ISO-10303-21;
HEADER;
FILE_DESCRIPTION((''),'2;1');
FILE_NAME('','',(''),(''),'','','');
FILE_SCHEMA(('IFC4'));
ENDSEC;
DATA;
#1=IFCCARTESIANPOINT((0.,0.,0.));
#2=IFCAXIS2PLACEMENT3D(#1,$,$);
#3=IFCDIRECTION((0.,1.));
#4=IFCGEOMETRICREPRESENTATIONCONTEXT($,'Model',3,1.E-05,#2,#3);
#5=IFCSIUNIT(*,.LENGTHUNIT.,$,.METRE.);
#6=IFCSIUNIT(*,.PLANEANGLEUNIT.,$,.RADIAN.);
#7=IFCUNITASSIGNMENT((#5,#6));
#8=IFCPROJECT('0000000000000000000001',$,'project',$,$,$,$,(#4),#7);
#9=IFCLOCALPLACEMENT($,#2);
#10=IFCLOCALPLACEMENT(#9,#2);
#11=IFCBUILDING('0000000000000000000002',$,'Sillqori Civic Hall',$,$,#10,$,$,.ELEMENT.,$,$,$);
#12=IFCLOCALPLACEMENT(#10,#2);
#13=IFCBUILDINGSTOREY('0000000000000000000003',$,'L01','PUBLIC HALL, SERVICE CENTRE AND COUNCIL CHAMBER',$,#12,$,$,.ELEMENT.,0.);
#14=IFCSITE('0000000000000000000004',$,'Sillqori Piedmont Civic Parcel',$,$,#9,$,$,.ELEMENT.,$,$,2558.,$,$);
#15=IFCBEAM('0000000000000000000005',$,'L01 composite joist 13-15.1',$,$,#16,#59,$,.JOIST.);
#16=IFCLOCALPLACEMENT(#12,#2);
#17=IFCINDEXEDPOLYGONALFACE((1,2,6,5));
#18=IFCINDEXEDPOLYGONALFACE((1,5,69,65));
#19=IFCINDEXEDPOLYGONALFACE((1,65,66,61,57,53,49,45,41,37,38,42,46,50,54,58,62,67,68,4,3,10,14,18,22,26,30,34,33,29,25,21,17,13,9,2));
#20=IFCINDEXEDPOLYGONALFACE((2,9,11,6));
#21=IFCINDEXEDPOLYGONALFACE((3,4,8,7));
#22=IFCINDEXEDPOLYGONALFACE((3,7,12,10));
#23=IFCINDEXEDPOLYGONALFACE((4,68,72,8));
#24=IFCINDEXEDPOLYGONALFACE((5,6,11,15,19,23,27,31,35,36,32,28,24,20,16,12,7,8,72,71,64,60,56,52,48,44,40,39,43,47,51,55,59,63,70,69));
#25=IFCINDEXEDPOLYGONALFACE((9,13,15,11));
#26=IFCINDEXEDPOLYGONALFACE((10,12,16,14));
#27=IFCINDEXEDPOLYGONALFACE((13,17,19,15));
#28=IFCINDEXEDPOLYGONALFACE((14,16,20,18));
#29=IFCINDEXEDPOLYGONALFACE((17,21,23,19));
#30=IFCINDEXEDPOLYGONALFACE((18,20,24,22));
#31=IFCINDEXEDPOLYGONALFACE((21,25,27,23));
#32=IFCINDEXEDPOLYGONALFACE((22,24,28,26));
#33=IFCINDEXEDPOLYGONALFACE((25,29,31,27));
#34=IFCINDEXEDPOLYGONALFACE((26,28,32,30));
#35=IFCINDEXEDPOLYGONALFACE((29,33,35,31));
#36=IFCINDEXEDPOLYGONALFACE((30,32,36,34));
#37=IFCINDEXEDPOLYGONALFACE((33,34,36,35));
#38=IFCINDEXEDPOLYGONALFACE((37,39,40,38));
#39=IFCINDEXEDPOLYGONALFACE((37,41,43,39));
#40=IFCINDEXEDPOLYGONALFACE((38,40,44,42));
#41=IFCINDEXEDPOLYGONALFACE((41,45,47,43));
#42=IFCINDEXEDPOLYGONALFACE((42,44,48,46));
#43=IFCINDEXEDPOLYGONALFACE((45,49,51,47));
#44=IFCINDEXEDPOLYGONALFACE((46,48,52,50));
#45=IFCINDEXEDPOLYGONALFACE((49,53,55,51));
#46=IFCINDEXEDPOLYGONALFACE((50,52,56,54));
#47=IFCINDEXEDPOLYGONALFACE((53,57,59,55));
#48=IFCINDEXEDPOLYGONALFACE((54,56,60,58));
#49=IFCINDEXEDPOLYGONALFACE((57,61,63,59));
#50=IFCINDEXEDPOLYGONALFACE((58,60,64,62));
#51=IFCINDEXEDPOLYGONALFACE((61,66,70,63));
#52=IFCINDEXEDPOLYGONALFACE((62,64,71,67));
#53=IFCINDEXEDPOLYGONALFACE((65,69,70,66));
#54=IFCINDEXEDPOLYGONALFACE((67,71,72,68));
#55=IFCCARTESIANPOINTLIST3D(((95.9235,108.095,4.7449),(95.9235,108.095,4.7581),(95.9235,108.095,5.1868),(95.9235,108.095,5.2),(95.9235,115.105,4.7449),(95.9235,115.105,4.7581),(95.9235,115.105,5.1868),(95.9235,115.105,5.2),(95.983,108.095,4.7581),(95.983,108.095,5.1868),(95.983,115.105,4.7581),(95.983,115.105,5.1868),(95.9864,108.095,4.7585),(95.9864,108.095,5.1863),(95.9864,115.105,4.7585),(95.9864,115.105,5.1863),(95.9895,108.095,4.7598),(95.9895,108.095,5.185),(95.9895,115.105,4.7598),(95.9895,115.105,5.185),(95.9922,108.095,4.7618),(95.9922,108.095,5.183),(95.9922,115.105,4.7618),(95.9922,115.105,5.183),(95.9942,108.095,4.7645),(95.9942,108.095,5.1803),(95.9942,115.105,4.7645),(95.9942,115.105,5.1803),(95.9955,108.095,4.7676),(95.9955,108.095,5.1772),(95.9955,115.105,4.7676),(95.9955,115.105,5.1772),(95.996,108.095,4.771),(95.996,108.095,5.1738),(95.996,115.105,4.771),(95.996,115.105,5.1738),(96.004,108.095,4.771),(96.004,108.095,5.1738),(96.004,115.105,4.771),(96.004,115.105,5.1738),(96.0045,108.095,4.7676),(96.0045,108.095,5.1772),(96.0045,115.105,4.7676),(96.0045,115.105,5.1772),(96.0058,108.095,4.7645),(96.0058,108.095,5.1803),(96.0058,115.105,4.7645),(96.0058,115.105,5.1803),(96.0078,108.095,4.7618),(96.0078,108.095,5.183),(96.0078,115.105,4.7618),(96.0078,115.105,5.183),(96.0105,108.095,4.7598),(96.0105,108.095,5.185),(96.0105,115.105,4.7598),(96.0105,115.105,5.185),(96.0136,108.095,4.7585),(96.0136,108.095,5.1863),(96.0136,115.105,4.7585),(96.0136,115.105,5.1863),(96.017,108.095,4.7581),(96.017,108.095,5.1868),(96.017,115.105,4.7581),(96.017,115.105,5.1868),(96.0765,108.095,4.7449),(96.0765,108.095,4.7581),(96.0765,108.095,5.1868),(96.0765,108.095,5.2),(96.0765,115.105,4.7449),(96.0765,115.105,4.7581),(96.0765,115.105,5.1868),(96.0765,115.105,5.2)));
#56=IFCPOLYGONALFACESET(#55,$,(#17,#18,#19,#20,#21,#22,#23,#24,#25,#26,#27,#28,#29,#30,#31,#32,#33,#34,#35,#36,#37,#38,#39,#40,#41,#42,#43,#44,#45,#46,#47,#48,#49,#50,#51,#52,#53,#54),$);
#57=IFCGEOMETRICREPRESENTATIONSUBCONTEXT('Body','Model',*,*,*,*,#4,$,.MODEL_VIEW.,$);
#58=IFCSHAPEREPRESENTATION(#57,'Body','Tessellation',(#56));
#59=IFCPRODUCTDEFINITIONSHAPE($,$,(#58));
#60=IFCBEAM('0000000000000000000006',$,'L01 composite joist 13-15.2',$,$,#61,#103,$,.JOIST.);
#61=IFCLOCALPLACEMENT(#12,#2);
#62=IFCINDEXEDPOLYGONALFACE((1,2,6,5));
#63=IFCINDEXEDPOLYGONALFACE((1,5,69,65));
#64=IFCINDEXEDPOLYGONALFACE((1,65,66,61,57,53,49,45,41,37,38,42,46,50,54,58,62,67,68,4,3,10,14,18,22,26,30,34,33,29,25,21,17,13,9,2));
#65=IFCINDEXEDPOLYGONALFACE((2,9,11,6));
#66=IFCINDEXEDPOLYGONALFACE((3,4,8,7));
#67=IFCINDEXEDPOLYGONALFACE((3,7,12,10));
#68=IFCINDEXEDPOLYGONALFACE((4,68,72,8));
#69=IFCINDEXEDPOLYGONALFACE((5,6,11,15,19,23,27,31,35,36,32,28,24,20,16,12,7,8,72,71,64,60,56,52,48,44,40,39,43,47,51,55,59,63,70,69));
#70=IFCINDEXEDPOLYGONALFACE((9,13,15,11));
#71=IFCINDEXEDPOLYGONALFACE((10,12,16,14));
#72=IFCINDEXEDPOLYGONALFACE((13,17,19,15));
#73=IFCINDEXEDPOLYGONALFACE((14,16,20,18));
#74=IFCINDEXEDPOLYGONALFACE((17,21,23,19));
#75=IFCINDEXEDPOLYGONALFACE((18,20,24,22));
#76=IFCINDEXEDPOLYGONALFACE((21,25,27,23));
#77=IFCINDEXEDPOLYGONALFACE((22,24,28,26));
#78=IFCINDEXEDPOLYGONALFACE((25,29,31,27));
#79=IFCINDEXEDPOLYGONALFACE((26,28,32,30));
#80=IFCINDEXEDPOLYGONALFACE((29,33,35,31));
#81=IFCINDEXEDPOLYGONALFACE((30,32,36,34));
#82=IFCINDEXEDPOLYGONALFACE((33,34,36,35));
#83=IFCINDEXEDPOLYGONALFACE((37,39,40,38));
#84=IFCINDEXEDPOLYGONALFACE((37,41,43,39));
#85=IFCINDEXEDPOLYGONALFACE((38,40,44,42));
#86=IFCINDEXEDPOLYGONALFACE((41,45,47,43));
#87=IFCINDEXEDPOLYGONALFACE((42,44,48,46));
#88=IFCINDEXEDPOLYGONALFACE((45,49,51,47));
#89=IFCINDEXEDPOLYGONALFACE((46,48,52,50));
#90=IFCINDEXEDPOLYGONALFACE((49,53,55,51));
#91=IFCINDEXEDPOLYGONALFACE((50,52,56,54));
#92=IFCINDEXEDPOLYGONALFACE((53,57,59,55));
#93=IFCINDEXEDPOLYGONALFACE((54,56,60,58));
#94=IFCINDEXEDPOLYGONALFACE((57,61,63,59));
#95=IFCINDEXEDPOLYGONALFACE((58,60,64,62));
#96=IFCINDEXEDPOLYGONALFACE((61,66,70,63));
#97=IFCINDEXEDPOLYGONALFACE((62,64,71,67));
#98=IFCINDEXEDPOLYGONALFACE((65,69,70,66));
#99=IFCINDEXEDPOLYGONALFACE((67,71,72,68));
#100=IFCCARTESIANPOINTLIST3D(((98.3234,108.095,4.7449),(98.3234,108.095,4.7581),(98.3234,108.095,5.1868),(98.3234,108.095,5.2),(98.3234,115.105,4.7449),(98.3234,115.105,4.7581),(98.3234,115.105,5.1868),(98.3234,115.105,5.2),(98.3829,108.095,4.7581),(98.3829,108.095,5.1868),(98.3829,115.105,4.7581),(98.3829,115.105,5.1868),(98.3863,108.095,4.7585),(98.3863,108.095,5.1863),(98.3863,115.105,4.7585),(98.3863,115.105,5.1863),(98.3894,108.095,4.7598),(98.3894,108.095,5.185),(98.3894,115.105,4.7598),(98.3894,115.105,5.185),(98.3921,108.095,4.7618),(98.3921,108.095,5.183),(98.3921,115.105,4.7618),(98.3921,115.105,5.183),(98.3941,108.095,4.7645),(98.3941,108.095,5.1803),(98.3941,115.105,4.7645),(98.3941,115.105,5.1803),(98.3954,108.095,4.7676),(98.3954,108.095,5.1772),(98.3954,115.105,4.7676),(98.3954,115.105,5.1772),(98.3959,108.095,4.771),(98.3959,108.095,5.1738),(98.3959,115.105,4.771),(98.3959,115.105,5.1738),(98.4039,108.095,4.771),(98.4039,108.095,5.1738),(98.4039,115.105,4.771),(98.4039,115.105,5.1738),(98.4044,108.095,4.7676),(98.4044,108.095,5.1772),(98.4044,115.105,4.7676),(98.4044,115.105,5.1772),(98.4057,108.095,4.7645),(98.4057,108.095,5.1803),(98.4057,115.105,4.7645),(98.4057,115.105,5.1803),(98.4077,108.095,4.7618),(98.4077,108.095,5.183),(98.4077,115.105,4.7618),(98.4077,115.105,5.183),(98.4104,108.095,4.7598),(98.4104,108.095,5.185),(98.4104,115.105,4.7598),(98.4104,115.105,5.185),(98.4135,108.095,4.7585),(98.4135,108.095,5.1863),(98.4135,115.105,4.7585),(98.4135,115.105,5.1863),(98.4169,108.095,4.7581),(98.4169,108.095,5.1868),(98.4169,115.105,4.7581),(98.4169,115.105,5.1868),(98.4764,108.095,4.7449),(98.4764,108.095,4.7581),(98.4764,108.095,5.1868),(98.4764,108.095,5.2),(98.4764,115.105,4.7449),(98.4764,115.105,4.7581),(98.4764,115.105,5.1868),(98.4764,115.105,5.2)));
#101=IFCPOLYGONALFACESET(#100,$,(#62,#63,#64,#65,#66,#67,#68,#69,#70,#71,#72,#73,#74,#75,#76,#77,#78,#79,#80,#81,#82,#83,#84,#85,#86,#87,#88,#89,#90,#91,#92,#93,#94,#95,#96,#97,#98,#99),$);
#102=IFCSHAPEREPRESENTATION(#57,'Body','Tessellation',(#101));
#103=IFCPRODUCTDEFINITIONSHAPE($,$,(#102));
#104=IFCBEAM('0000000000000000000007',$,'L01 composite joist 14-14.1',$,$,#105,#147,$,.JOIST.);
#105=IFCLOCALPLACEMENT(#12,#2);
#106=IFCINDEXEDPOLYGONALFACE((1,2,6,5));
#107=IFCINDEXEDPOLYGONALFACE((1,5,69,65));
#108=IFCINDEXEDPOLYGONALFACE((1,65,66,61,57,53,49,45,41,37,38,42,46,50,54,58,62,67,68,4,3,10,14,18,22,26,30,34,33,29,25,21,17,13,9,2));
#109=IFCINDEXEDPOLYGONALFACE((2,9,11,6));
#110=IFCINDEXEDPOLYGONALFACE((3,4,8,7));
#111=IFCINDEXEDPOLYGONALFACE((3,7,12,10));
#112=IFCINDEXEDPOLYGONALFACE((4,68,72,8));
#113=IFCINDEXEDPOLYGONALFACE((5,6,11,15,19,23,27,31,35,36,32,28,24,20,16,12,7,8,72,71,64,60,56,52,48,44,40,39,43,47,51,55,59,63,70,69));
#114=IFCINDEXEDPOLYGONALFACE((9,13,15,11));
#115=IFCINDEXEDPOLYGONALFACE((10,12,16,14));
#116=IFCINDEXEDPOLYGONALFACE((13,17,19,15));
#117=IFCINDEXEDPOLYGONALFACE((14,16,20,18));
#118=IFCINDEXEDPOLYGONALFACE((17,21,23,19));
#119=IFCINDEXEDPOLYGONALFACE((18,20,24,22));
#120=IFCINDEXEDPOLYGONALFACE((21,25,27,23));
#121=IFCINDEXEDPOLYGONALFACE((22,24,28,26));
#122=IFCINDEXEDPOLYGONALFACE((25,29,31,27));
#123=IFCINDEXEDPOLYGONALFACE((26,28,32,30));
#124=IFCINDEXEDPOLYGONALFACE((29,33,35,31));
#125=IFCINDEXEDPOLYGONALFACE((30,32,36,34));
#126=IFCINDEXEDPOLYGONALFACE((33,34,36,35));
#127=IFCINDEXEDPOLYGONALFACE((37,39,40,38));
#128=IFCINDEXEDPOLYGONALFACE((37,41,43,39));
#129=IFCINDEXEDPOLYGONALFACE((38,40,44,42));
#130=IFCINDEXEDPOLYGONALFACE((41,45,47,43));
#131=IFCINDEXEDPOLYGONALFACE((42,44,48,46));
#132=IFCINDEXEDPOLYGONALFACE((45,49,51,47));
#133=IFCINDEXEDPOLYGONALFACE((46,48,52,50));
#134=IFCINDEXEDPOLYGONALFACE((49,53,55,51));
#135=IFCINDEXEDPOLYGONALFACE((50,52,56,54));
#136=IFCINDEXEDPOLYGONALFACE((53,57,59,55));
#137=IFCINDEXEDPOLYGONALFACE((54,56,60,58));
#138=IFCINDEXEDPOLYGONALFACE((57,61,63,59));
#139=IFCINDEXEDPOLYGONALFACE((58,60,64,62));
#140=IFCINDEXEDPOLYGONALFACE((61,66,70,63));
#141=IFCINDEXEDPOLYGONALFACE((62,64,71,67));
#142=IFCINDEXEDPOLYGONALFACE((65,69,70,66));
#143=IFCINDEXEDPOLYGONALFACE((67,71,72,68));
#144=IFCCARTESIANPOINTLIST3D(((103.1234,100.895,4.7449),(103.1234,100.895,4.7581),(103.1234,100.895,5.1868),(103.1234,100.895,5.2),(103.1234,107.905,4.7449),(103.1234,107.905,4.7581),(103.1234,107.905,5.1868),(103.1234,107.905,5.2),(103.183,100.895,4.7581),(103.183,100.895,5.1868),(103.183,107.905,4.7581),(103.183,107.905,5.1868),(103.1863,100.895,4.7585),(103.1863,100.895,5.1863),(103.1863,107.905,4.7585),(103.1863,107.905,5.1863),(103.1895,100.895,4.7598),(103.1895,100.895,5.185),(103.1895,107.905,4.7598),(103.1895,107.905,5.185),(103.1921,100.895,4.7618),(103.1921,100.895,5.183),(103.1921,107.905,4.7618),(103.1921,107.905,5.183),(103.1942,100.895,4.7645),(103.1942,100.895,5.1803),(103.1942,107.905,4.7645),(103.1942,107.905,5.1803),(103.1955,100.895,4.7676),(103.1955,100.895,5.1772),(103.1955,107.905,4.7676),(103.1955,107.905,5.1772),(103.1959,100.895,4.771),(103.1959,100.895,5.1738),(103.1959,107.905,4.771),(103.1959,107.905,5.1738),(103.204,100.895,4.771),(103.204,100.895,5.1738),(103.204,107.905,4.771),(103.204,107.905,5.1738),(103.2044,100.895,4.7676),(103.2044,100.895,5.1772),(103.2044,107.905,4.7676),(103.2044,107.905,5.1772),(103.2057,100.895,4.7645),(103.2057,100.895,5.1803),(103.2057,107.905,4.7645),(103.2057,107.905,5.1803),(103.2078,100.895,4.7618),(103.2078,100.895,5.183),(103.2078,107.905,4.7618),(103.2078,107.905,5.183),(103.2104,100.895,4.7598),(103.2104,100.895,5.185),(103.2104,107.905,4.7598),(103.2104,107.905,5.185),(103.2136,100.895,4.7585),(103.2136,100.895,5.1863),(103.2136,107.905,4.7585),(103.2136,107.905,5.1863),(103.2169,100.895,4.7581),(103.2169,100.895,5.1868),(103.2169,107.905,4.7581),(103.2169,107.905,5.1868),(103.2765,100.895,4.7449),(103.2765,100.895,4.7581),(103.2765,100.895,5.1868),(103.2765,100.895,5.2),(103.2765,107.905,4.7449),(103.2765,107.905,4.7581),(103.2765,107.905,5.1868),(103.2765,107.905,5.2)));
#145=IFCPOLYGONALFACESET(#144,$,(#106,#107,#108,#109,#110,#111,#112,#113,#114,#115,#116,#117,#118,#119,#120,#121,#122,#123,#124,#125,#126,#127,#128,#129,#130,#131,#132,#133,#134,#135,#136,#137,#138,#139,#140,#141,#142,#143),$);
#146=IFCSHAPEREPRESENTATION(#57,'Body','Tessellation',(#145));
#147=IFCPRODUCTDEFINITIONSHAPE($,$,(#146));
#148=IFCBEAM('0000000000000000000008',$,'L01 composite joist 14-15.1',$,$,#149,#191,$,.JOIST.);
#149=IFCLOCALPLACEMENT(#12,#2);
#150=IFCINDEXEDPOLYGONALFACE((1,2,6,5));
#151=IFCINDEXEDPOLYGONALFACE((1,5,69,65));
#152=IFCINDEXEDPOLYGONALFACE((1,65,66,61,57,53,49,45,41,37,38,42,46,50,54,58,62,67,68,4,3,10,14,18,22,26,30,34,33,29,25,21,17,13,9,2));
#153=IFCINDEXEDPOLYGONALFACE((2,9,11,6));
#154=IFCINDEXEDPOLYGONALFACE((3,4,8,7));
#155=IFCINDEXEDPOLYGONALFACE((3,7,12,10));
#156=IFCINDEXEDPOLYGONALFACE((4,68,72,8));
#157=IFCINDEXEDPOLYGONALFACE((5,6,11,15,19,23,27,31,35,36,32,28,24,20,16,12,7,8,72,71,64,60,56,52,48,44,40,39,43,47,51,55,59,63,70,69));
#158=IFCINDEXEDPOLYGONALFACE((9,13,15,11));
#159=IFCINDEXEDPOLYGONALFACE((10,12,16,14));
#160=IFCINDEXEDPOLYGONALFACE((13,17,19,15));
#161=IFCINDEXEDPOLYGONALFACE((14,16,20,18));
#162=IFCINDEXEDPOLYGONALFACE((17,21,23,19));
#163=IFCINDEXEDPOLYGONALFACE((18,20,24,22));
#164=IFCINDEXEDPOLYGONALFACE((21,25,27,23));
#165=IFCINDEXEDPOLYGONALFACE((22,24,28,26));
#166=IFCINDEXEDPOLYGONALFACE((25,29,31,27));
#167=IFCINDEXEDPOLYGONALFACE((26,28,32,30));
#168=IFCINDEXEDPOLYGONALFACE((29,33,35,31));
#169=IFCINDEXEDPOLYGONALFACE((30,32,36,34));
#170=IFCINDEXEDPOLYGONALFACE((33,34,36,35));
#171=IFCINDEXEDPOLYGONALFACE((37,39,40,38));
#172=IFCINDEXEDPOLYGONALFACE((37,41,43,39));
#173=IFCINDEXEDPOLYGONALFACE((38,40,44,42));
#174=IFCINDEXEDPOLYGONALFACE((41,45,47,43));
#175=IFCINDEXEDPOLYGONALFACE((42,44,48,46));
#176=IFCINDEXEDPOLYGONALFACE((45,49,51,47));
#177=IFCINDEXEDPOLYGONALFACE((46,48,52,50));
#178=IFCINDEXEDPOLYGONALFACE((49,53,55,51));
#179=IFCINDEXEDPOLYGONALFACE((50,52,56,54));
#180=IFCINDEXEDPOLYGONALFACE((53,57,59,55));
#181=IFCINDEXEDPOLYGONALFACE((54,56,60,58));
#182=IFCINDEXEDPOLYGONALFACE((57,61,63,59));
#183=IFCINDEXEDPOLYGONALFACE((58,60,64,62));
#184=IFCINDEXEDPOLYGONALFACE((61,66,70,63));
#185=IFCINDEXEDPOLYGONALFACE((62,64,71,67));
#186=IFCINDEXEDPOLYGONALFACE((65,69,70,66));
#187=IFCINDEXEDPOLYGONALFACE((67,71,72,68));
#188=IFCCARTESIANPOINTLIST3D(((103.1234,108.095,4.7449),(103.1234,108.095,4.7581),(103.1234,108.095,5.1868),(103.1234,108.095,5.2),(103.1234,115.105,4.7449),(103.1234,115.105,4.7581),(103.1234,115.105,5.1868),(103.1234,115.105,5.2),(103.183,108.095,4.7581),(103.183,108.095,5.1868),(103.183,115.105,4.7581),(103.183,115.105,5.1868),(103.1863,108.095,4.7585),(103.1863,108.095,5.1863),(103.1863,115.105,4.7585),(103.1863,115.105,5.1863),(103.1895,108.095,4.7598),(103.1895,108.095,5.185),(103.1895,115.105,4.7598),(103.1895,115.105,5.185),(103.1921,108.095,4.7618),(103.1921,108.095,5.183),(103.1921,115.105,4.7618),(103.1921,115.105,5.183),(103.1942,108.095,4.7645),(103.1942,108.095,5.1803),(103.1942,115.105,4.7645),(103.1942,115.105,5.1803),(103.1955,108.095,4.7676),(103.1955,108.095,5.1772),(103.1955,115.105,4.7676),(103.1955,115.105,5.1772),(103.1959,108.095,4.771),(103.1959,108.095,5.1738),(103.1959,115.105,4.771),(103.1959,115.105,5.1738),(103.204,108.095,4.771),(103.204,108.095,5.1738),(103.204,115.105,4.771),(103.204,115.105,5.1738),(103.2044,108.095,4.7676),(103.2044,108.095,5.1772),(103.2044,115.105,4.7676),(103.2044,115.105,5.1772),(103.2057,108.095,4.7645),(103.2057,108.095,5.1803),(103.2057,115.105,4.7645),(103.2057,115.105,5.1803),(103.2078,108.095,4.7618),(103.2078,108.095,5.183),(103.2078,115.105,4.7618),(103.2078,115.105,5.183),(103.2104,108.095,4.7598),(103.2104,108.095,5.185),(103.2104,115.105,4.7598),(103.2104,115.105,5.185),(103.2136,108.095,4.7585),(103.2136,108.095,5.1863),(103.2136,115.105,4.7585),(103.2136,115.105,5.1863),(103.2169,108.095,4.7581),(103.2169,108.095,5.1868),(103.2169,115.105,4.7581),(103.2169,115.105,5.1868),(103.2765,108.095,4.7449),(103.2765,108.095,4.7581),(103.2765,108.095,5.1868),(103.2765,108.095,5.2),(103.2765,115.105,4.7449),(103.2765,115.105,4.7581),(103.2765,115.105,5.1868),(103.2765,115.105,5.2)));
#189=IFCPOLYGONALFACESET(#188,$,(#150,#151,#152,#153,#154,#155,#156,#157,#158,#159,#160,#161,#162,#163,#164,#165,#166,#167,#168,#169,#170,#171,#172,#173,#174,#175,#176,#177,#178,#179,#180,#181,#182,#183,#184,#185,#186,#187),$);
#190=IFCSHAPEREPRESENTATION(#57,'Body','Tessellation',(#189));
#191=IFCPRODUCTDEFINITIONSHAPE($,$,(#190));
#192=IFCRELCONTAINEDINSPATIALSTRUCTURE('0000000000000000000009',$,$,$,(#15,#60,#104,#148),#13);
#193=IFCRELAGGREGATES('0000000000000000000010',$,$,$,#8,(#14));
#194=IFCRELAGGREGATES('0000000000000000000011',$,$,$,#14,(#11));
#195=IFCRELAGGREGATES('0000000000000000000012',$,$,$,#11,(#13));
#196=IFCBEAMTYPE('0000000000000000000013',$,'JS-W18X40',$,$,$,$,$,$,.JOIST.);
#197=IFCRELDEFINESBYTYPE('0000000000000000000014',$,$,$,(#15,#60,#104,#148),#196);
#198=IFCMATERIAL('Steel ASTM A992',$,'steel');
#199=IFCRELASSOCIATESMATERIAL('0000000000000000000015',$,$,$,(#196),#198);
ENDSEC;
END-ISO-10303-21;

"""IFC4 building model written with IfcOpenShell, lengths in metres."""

from ifc_helpers import new_model, si_unit, direction, frame, origin, origin_2d, place, context, subcontext, project, spatial, i_section, extrude, material, material_profile, profile_set, type_object, element, save


model = new_model("IFC4")

# Units and contexts
model_context = context("Model", 3, precision=1e-05, world=origin(), true_north=direction((0.0, 1.0)))
body_context = subcontext(model_context, "Body", "Model", "MODEL_VIEW")
ifc_project = project(units=[si_unit("LENGTHUNIT", "METRE"), si_unit("PLANEANGLEUNIT", "RADIAN")], contexts=[model_context])

# Site, building, storey
site_placement = place(None, origin())
site = spatial("IfcSite", under=ifc_project, at=site_placement, Name="Sillqori Piedmont Civic Parcel", CompositionType="ELEMENT", RefElevation=2558.0)
building_placement = place(site_placement, origin())
building = spatial("IfcBuilding", under=site, at=building_placement, Name="Sillqori Civic Hall", CompositionType="ELEMENT")
storey_placement = place(building_placement, origin())
storey = spatial("IfcBuildingStorey", under=building, at=storey_placement, Name="L01", Description="PUBLIC HALL, SERVICE CENTRE AND COUNCIL CHAMBER", CompositionType="ELEMENT", Elevation=0.0)

# Shared definitions
ifc_material_1 = material(Name="Steel ASTM A992", Category="steel")

# Beams
ifc_material_profile_1 = material_profile(ifc_material_1, i_section(OverallWidth=0.1531, OverallDepth=0.4551, WebThickness=0.0081, FlangeThickness=0.0132, FilletRadius=0.0129, at=origin_2d()), Name="W18X40")
ifc_profile_set_1 = profile_set([ifc_material_profile_1], Name="Steel ASTM A992")
beam_type_1 = type_object("IfcBeamType", Name="JS-W18X40", PredefinedType="JOIST", material=ifc_profile_set_1)
for number, where, z_axis, x_axis, name in (
    (1, (96.0, 108.095, 4.9724), (0.0, 1.0, 0.0), (-1.0, 0.0, 0.0), "L01 composite joist 13-15.1"),
    (2, (98.3999, 108.095, 4.9724), (0.0, 1.0, 0.0), (-1.0, 0.0, 0.0), "L01 composite joist 13-15.2"),
    (3, (103.2, 100.895, 4.9724), (0.0, 1.0, 0.0), (-1.0, 0.0, 0.0), "L01 composite joist 14-14.1"),
    (4, (103.2, 108.095, 4.9724), (0.0, 1.0, 0.0), (-1.0, 0.0, 0.0), "L01 composite joist 14-15.1"),
):
    element("IfcBeam", number, at=place(storey_placement, frame(where, z_axis=z_axis, x_axis=x_axis)), inside=storey, type_object=beam_type_1, Name=name, PredefinedType="JOIST", context=body_context, shape_type="SweptSolid", body=[
        extrude(i_section(OverallWidth=0.1531, OverallDepth=0.4551, WebThickness=0.0081, FlangeThickness=0.0132, FilletRadius=0.0129, at=origin_2d()), origin(), (0.0, 0.0, 1.0), 7.01),
    ])

save(model, "model.ifc")
